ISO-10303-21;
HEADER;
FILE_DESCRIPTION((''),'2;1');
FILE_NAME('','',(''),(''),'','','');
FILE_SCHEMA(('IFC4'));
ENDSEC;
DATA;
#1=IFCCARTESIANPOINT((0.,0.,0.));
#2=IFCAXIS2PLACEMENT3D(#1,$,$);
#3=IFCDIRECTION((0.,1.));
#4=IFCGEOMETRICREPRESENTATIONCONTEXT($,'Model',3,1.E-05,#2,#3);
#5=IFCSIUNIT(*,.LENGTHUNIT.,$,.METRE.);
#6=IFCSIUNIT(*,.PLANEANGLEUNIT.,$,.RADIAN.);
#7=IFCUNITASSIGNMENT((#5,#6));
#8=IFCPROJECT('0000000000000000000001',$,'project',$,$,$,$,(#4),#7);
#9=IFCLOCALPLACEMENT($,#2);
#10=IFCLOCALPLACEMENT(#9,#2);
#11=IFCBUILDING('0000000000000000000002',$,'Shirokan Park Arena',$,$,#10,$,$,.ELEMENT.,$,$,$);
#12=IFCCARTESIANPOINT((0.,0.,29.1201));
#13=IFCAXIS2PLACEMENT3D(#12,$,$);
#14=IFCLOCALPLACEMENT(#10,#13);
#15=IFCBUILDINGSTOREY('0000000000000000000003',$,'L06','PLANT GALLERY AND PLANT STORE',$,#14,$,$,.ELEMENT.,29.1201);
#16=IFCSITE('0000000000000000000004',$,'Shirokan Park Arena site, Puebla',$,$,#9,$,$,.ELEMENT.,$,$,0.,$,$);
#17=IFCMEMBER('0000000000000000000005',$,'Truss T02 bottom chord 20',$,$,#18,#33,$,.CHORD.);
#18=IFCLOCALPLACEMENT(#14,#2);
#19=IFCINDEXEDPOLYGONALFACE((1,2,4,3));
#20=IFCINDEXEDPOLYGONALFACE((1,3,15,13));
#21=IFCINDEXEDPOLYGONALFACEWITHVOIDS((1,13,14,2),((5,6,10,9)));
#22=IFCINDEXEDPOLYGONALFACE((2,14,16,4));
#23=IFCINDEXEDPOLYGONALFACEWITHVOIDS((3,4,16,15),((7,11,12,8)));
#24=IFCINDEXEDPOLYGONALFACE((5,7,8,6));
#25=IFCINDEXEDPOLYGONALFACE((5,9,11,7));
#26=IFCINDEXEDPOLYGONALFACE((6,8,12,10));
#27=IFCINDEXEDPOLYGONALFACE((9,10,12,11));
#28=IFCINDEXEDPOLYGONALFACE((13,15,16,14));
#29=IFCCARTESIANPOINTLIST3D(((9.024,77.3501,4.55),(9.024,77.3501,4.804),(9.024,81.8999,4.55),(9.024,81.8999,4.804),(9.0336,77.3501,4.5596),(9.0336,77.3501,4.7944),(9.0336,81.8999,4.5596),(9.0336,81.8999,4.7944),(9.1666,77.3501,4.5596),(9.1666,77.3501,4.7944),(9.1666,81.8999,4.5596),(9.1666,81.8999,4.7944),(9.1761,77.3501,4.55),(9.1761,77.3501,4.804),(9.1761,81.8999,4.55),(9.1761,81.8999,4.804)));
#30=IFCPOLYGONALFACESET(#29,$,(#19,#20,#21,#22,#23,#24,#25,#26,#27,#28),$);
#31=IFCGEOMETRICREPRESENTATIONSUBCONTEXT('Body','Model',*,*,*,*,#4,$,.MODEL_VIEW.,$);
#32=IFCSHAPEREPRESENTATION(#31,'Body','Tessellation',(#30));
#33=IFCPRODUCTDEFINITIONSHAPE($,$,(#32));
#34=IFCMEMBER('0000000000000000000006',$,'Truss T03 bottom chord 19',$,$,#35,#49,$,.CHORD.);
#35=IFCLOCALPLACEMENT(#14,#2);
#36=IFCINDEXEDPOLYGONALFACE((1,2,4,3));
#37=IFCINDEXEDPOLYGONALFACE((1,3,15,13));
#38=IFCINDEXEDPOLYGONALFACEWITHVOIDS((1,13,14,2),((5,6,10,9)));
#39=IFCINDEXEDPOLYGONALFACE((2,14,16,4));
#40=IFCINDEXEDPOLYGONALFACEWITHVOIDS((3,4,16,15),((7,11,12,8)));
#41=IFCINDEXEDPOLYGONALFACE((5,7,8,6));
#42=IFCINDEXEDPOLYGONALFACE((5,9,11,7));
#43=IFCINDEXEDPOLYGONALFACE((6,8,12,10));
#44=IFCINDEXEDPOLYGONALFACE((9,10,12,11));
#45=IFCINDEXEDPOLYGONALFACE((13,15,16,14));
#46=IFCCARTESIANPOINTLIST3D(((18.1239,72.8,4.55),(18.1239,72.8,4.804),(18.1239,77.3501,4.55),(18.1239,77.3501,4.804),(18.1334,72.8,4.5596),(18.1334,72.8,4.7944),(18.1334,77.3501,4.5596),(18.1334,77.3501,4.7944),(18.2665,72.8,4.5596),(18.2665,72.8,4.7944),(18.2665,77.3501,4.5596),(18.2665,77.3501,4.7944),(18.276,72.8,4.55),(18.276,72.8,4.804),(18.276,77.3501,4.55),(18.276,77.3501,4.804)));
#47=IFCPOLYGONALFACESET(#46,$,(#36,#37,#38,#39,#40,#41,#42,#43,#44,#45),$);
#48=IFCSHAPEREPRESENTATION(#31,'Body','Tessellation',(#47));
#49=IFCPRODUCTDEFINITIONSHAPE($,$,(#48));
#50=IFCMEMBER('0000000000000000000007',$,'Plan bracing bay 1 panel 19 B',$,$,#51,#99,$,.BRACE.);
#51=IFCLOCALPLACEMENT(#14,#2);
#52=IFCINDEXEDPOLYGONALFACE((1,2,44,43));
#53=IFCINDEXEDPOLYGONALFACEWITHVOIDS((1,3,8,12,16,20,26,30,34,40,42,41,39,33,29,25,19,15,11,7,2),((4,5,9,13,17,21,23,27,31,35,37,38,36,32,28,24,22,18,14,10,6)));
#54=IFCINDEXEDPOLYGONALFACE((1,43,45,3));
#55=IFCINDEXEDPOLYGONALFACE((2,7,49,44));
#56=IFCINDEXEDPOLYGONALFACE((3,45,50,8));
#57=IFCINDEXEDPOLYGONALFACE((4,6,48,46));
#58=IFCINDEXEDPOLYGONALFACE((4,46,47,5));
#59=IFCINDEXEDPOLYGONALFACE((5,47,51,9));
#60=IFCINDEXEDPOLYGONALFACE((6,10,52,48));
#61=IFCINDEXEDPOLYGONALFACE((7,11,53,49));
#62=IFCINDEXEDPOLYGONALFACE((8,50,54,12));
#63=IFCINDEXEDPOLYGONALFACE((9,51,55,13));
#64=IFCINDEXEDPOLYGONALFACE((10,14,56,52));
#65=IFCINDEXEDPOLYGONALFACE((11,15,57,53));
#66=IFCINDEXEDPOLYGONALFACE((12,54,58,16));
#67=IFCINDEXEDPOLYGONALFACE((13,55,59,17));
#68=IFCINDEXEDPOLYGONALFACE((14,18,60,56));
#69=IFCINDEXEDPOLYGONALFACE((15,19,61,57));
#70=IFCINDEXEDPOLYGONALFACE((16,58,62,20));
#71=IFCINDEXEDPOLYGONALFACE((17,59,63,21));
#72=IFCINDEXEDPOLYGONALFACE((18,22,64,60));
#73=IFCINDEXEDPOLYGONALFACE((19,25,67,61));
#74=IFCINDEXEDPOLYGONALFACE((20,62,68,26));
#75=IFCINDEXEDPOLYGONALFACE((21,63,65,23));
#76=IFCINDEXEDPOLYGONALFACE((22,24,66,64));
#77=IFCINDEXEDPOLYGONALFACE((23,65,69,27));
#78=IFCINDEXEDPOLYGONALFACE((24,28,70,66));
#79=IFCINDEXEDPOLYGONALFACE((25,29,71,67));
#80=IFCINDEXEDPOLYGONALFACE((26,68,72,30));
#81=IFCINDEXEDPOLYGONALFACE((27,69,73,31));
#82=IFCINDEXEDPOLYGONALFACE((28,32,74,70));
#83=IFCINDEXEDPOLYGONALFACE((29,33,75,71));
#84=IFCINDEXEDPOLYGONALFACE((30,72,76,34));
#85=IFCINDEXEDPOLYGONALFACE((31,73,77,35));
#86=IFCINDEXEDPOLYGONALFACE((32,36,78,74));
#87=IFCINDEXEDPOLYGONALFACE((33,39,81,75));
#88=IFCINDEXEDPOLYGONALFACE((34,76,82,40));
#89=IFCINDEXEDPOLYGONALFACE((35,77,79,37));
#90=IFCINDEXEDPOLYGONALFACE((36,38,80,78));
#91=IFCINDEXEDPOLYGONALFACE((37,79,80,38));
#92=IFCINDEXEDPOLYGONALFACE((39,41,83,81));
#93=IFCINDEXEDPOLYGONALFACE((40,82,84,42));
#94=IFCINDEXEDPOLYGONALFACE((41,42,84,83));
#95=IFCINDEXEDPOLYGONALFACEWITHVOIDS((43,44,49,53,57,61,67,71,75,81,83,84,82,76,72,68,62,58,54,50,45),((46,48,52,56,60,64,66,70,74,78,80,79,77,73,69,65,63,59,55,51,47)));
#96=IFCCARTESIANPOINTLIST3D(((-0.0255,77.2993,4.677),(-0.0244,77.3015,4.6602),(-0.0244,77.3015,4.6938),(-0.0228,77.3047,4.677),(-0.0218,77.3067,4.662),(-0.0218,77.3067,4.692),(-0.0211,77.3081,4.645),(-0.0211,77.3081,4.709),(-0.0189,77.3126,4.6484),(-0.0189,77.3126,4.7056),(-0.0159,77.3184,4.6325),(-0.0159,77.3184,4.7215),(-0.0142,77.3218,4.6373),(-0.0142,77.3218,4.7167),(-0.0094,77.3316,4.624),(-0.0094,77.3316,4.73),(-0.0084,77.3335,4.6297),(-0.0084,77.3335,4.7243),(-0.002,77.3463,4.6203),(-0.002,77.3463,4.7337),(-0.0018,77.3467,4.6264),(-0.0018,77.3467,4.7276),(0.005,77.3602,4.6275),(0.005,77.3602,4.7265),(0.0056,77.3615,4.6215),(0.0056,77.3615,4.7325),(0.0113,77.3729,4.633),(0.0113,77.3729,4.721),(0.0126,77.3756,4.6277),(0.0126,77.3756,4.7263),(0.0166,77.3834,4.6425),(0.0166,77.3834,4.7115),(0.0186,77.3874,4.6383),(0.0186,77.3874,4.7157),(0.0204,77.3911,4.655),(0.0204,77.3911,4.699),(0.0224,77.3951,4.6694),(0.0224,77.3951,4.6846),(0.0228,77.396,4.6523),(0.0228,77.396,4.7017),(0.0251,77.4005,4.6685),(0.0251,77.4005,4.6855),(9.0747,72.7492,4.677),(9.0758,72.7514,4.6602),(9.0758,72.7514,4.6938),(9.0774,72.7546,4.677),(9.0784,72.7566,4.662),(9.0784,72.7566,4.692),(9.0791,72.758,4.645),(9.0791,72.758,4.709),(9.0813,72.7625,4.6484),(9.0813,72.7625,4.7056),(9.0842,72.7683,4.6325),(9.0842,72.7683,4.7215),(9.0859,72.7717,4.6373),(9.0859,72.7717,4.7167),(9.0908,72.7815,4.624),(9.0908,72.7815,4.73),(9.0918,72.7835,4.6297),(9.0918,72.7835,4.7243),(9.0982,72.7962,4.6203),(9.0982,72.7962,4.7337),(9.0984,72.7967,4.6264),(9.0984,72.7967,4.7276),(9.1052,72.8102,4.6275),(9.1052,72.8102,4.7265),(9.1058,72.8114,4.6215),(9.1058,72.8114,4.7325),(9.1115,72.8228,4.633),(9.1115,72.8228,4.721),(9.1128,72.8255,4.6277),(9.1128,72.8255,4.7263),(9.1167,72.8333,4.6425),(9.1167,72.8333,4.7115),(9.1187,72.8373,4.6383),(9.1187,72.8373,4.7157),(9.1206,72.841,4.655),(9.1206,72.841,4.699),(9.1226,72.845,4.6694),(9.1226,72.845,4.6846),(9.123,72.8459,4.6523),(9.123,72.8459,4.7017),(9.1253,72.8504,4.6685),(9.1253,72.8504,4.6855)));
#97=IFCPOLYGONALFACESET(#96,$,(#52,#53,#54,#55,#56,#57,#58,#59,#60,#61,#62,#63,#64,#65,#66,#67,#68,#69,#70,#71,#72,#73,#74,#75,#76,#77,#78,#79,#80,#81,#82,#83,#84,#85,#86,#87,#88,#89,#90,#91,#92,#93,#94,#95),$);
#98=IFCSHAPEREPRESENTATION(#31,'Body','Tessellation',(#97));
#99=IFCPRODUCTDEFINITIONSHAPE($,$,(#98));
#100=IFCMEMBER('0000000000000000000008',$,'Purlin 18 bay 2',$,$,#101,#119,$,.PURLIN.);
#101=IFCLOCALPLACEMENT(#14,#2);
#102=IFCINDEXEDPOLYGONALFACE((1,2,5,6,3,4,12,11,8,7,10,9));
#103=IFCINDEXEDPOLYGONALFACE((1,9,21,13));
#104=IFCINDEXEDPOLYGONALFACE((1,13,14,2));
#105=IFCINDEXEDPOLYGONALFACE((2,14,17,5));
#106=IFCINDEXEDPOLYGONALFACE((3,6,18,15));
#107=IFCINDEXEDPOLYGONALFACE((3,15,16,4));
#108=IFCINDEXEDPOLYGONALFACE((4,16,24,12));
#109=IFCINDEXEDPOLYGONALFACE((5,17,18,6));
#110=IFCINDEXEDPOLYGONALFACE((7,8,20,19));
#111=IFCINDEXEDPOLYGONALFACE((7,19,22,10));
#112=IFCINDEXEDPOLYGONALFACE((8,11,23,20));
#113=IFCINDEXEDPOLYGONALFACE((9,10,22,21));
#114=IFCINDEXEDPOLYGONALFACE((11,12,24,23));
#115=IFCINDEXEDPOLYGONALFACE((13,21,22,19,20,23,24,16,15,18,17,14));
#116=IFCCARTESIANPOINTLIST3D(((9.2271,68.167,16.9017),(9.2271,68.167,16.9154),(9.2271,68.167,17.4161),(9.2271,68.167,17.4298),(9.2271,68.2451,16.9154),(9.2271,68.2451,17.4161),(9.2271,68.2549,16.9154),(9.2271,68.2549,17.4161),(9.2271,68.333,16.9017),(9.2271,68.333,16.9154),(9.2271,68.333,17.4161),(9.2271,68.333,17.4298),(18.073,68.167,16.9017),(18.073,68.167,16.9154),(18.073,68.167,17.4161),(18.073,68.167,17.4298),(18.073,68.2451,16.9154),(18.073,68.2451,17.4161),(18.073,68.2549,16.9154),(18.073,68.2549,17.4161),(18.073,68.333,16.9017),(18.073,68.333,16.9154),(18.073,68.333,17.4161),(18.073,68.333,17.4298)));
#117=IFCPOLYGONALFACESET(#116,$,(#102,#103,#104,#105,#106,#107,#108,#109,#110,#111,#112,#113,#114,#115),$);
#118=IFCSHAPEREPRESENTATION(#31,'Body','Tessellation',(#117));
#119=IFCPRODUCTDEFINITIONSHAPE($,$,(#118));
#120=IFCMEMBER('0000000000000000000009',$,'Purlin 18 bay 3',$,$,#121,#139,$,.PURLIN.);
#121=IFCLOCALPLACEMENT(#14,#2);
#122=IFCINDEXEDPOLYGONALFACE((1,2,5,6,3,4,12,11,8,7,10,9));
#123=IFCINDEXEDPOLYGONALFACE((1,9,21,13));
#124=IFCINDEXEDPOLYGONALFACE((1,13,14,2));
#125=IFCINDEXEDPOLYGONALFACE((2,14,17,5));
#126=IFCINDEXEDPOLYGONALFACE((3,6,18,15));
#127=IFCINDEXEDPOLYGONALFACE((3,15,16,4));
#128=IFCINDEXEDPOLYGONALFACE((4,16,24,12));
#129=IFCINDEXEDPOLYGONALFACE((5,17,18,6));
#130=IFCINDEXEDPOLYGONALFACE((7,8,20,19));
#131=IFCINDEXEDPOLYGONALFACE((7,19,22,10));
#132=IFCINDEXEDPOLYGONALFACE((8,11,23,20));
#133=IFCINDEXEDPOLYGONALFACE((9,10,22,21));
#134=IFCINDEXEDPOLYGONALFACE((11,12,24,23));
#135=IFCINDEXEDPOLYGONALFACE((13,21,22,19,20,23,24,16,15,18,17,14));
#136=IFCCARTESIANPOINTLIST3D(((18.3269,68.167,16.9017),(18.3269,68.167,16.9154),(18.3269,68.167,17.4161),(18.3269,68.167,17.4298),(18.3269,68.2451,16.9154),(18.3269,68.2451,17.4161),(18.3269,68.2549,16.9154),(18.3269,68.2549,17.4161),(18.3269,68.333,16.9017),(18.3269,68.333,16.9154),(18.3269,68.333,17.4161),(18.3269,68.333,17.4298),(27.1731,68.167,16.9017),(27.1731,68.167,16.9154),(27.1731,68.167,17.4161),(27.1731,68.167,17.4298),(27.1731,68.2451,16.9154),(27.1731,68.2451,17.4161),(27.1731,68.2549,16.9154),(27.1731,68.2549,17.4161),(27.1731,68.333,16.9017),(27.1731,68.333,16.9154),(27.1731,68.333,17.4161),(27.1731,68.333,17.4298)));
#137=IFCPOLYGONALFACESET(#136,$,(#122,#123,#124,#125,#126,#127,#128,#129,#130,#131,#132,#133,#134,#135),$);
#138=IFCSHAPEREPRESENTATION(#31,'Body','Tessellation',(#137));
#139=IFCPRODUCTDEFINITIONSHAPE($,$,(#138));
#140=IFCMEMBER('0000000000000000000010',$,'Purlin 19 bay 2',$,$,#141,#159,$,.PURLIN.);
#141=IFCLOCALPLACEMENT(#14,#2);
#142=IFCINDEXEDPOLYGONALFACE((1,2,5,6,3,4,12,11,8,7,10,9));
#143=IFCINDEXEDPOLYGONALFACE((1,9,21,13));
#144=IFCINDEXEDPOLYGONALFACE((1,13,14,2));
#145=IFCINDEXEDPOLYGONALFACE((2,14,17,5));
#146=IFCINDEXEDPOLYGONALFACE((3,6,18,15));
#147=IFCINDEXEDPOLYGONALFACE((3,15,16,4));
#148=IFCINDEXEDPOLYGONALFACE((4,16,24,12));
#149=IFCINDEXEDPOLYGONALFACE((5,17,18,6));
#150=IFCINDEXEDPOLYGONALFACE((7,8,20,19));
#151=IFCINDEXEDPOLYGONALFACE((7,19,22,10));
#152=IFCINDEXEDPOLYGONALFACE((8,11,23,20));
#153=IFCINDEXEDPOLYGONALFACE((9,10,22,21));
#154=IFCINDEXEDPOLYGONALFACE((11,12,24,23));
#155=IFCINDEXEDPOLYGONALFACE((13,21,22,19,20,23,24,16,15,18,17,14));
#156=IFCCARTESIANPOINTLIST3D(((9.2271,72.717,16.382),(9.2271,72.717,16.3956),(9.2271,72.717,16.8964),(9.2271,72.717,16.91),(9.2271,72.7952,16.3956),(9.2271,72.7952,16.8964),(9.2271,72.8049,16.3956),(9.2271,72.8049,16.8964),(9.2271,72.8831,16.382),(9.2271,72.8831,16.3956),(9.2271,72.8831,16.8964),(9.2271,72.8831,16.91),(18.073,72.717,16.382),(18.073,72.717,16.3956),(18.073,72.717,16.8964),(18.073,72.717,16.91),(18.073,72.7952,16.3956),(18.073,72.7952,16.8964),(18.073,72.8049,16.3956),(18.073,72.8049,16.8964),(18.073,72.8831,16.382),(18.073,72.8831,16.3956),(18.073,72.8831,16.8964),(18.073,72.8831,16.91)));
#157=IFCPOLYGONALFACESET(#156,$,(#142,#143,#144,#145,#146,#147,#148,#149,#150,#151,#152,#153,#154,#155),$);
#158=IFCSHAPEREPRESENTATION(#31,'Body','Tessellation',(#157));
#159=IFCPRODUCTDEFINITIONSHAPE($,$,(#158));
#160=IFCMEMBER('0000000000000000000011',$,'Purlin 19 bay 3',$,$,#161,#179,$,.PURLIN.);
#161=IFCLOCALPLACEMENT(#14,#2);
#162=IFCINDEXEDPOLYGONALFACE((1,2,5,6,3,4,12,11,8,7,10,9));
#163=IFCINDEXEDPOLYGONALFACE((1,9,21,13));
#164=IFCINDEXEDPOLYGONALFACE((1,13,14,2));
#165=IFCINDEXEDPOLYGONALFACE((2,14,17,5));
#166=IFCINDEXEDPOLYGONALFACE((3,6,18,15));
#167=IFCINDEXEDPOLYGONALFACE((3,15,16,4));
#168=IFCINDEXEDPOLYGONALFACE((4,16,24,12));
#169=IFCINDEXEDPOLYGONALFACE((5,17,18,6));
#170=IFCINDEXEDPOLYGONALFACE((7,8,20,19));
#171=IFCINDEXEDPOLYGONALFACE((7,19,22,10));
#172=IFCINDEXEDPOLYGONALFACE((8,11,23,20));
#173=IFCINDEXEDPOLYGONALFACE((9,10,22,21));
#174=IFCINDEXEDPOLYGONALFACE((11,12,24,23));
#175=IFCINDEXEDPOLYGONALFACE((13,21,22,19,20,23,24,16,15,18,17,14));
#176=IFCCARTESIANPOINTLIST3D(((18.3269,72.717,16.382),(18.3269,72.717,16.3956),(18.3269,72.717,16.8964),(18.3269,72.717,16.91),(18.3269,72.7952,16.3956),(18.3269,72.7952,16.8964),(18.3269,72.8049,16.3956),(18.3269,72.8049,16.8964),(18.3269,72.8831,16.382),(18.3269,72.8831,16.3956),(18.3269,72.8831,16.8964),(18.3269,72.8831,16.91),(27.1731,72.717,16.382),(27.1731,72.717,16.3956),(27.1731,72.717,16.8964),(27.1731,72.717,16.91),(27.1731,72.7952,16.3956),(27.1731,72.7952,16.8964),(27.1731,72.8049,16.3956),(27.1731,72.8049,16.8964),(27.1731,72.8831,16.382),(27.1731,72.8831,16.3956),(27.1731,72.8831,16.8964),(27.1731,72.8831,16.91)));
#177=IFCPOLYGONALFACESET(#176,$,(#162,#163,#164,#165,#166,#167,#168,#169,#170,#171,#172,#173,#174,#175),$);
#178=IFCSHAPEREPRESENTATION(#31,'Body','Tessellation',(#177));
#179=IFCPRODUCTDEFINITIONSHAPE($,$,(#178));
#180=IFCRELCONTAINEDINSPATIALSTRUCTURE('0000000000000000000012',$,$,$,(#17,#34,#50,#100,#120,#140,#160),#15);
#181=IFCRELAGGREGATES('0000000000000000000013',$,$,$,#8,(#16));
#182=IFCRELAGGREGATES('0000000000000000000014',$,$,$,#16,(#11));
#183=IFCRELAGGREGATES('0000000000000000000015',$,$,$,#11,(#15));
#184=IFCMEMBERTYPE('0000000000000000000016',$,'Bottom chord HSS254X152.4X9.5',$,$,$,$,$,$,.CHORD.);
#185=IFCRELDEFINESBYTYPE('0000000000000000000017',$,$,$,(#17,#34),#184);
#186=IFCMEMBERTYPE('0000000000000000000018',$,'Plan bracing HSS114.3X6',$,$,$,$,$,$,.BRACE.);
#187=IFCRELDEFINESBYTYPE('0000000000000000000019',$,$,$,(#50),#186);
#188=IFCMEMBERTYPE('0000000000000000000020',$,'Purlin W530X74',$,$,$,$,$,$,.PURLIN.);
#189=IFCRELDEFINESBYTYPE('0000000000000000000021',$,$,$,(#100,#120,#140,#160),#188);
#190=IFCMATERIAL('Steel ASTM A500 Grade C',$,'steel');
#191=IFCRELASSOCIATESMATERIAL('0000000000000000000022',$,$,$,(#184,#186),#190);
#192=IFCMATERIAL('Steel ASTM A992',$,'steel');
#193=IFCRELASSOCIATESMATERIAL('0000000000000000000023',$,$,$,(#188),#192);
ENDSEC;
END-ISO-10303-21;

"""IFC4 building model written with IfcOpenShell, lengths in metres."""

from ifc_helpers import new_model, si_unit, direction, frame, origin, origin_2d, place, context, subcontext, project, spatial, hollow_rectangle, hollow_circle, i_section, extrude, material, material_profile, profile_set, type_object, element, save


model = new_model("IFC4")

# Units and contexts
model_context = context("Model", 3, precision=1e-05, world=origin(), true_north=direction((0.0, 1.0)))
body_context = subcontext(model_context, "Body", "Model", "MODEL_VIEW")
ifc_project = project(units=[si_unit("LENGTHUNIT", "METRE"), si_unit("PLANEANGLEUNIT", "RADIAN")], contexts=[model_context])

# Site, building, storey
site_placement = place(None, origin())
site = spatial("IfcSite", under=ifc_project, at=site_placement, Name="Shirokan Park Arena site, Puebla", CompositionType="ELEMENT", RefElevation=0.0)
building_placement = place(site_placement, origin())
building = spatial("IfcBuilding", under=site, at=building_placement, Name="Shirokan Park Arena", CompositionType="ELEMENT")
storey_placement = place(building_placement, frame((0.0, 0.0, 29.1201)))
storey = spatial("IfcBuildingStorey", under=building, at=storey_placement, Name="L06", Description="PLANT GALLERY AND PLANT STORE", CompositionType="ELEMENT", Elevation=29.1201)

# Members
ifc_material_1 = material(Name="Steel ASTM A500 Grade C", Category="steel")
ifc_material_profile_1 = material_profile(ifc_material_1, hollow_rectangle(XDim=0.1521, YDim=0.2539, WallThickness=0.0095, at=origin_2d()), Name="HSS254X152.4X9.5")
ifc_profile_set_1 = profile_set([ifc_material_profile_1], Name="Steel ASTM A500 Grade C")
member_type_1 = type_object("IfcMemberType", Name="Bottom chord HSS254X152.4X9.5", PredefinedType="CHORD", material=ifc_profile_set_1)
member_1_placement = place(storey_placement, frame((9.1001, 77.3501, 4.677), z_axis=(0.0, 1.0, 0.0), x_axis=(-1.0, 0.0, 0.0)))
element("IfcMember", 1, at=member_1_placement, inside=storey, type_object=member_type_1, Name="Truss T02 bottom chord 20", PredefinedType="CHORD", context=body_context, shape_type="SweptSolid", body=[
    extrude(hollow_rectangle(XDim=0.1521, YDim=0.2539, WallThickness=0.0095, at=origin_2d()), origin(), (0.0, 0.0, 1.0), 4.5498),
])
member_2_placement = place(storey_placement, frame((18.2, 72.8, 4.677), z_axis=(0.0, 1.0, 0.0), x_axis=(-1.0, 0.0, 0.0)))
element("IfcMember", 2, at=member_2_placement, inside=storey, type_object=member_type_1, Name="Truss T03 bottom chord 19", PredefinedType="CHORD", context=body_context, shape_type="SweptSolid", body=[
    extrude(hollow_rectangle(XDim=0.1521, YDim=0.2539, WallThickness=0.0095, at=origin_2d()), origin(), (0.0, 0.0, 1.0), 4.55),
])
ifc_material_profile_2 = material_profile(ifc_material_1, hollow_circle(Radius=0.0569, WallThickness=0.0061, at=origin_2d()), Name="HSS114.3X6")
ifc_profile_set_2 = profile_set([ifc_material_profile_2], Name="Steel ASTM A500 Grade C")
member_type_2 = type_object("IfcMemberType", Name="Plan bracing HSS114.3X6", PredefinedType="BRACE", material=ifc_profile_set_2)
member_3_placement = place(storey_placement, frame((9.1001, 72.8, 4.677), z_axis=(-0.894427, 0.447214, 0.0), x_axis=(-0.447214, -0.894427, 0.0)))
element("IfcMember", 3, at=member_3_placement, inside=storey, type_object=member_type_2, Name="Plan bracing bay 1 panel 19 B", PredefinedType="BRACE", context=body_context, shape_type="SweptSolid", body=[
    extrude(hollow_circle(Radius=0.0569, WallThickness=0.0061, at=origin_2d()), origin(), (0.0, 0.0, 1.0), 10.1743),
])
ifc_material_2 = material(Name="Steel ASTM A992", Category="steel")
ifc_material_profile_3 = material_profile(ifc_material_2, i_section(OverallWidth=0.166, OverallDepth=0.5281, WebThickness=0.0098, FlangeThickness=0.0137, at=origin_2d()), Name="W530X74")
ifc_profile_set_3 = profile_set([ifc_material_profile_3], Name="Steel ASTM A992")
member_type_3 = type_object("IfcMemberType", Name="Purlin W530X74", PredefinedType="PURLIN", material=ifc_profile_set_3)
member_4_placement = place(storey_placement, frame((9.2271, 68.25, 17.1658), z_axis=(1.0, 0.0, 0.0), x_axis=(0.0, 1.0, 0.0)))
element("IfcMember", 4, at=member_4_placement, inside=storey, type_object=member_type_3, Name="Purlin 18 bay 2", PredefinedType="PURLIN", context=body_context, shape_type="SweptSolid", body=[
    extrude(i_section(OverallWidth=0.166, OverallDepth=0.5281, WebThickness=0.0098, FlangeThickness=0.0137, at=origin_2d()), origin(), (0.0, 0.0, 1.0), 8.8459),
])
member_5_placement = place(storey_placement, frame((18.3269, 68.25, 17.1658), z_axis=(1.0, 0.0, 0.0), x_axis=(0.0, 1.0, 0.0)))
element("IfcMember", 5, at=member_5_placement, inside=storey, type_object=member_type_3, Name="Purlin 18 bay 3", PredefinedType="PURLIN", context=body_context, shape_type="SweptSolid", body=[
    extrude(i_section(OverallWidth=0.166, OverallDepth=0.5281, WebThickness=0.0098, FlangeThickness=0.0137, at=origin_2d()), origin(), (0.0, 0.0, 1.0), 8.8462),
])
member_6_placement = place(storey_placement, frame((9.2271, 72.8, 16.646), z_axis=(1.0, 0.0, 0.0), x_axis=(0.0, 1.0, 0.0)))
element("IfcMember", 6, at=member_6_placement, inside=storey, type_object=member_type_3, Name="Purlin 19 bay 2", PredefinedType="PURLIN", context=body_context, shape_type="SweptSolid", body=[
    extrude(i_section(OverallWidth=0.166, OverallDepth=0.5281, WebThickness=0.0098, FlangeThickness=0.0137, at=origin_2d()), origin(), (0.0, 0.0, 1.0), 8.8459),
])
member_7_placement = place(storey_placement, frame((18.3269, 72.8, 16.646), z_axis=(1.0, 0.0, 0.0), x_axis=(0.0, 1.0, 0.0)))
element("IfcMember", 7, at=member_7_placement, inside=storey, type_object=member_type_3, Name="Purlin 19 bay 3", PredefinedType="PURLIN", context=body_context, shape_type="SweptSolid", body=[
    extrude(i_section(OverallWidth=0.166, OverallDepth=0.5281, WebThickness=0.0098, FlangeThickness=0.0137, at=origin_2d()), origin(), (0.0, 0.0, 1.0), 8.8462),
])

save(model, "model.ifc")
